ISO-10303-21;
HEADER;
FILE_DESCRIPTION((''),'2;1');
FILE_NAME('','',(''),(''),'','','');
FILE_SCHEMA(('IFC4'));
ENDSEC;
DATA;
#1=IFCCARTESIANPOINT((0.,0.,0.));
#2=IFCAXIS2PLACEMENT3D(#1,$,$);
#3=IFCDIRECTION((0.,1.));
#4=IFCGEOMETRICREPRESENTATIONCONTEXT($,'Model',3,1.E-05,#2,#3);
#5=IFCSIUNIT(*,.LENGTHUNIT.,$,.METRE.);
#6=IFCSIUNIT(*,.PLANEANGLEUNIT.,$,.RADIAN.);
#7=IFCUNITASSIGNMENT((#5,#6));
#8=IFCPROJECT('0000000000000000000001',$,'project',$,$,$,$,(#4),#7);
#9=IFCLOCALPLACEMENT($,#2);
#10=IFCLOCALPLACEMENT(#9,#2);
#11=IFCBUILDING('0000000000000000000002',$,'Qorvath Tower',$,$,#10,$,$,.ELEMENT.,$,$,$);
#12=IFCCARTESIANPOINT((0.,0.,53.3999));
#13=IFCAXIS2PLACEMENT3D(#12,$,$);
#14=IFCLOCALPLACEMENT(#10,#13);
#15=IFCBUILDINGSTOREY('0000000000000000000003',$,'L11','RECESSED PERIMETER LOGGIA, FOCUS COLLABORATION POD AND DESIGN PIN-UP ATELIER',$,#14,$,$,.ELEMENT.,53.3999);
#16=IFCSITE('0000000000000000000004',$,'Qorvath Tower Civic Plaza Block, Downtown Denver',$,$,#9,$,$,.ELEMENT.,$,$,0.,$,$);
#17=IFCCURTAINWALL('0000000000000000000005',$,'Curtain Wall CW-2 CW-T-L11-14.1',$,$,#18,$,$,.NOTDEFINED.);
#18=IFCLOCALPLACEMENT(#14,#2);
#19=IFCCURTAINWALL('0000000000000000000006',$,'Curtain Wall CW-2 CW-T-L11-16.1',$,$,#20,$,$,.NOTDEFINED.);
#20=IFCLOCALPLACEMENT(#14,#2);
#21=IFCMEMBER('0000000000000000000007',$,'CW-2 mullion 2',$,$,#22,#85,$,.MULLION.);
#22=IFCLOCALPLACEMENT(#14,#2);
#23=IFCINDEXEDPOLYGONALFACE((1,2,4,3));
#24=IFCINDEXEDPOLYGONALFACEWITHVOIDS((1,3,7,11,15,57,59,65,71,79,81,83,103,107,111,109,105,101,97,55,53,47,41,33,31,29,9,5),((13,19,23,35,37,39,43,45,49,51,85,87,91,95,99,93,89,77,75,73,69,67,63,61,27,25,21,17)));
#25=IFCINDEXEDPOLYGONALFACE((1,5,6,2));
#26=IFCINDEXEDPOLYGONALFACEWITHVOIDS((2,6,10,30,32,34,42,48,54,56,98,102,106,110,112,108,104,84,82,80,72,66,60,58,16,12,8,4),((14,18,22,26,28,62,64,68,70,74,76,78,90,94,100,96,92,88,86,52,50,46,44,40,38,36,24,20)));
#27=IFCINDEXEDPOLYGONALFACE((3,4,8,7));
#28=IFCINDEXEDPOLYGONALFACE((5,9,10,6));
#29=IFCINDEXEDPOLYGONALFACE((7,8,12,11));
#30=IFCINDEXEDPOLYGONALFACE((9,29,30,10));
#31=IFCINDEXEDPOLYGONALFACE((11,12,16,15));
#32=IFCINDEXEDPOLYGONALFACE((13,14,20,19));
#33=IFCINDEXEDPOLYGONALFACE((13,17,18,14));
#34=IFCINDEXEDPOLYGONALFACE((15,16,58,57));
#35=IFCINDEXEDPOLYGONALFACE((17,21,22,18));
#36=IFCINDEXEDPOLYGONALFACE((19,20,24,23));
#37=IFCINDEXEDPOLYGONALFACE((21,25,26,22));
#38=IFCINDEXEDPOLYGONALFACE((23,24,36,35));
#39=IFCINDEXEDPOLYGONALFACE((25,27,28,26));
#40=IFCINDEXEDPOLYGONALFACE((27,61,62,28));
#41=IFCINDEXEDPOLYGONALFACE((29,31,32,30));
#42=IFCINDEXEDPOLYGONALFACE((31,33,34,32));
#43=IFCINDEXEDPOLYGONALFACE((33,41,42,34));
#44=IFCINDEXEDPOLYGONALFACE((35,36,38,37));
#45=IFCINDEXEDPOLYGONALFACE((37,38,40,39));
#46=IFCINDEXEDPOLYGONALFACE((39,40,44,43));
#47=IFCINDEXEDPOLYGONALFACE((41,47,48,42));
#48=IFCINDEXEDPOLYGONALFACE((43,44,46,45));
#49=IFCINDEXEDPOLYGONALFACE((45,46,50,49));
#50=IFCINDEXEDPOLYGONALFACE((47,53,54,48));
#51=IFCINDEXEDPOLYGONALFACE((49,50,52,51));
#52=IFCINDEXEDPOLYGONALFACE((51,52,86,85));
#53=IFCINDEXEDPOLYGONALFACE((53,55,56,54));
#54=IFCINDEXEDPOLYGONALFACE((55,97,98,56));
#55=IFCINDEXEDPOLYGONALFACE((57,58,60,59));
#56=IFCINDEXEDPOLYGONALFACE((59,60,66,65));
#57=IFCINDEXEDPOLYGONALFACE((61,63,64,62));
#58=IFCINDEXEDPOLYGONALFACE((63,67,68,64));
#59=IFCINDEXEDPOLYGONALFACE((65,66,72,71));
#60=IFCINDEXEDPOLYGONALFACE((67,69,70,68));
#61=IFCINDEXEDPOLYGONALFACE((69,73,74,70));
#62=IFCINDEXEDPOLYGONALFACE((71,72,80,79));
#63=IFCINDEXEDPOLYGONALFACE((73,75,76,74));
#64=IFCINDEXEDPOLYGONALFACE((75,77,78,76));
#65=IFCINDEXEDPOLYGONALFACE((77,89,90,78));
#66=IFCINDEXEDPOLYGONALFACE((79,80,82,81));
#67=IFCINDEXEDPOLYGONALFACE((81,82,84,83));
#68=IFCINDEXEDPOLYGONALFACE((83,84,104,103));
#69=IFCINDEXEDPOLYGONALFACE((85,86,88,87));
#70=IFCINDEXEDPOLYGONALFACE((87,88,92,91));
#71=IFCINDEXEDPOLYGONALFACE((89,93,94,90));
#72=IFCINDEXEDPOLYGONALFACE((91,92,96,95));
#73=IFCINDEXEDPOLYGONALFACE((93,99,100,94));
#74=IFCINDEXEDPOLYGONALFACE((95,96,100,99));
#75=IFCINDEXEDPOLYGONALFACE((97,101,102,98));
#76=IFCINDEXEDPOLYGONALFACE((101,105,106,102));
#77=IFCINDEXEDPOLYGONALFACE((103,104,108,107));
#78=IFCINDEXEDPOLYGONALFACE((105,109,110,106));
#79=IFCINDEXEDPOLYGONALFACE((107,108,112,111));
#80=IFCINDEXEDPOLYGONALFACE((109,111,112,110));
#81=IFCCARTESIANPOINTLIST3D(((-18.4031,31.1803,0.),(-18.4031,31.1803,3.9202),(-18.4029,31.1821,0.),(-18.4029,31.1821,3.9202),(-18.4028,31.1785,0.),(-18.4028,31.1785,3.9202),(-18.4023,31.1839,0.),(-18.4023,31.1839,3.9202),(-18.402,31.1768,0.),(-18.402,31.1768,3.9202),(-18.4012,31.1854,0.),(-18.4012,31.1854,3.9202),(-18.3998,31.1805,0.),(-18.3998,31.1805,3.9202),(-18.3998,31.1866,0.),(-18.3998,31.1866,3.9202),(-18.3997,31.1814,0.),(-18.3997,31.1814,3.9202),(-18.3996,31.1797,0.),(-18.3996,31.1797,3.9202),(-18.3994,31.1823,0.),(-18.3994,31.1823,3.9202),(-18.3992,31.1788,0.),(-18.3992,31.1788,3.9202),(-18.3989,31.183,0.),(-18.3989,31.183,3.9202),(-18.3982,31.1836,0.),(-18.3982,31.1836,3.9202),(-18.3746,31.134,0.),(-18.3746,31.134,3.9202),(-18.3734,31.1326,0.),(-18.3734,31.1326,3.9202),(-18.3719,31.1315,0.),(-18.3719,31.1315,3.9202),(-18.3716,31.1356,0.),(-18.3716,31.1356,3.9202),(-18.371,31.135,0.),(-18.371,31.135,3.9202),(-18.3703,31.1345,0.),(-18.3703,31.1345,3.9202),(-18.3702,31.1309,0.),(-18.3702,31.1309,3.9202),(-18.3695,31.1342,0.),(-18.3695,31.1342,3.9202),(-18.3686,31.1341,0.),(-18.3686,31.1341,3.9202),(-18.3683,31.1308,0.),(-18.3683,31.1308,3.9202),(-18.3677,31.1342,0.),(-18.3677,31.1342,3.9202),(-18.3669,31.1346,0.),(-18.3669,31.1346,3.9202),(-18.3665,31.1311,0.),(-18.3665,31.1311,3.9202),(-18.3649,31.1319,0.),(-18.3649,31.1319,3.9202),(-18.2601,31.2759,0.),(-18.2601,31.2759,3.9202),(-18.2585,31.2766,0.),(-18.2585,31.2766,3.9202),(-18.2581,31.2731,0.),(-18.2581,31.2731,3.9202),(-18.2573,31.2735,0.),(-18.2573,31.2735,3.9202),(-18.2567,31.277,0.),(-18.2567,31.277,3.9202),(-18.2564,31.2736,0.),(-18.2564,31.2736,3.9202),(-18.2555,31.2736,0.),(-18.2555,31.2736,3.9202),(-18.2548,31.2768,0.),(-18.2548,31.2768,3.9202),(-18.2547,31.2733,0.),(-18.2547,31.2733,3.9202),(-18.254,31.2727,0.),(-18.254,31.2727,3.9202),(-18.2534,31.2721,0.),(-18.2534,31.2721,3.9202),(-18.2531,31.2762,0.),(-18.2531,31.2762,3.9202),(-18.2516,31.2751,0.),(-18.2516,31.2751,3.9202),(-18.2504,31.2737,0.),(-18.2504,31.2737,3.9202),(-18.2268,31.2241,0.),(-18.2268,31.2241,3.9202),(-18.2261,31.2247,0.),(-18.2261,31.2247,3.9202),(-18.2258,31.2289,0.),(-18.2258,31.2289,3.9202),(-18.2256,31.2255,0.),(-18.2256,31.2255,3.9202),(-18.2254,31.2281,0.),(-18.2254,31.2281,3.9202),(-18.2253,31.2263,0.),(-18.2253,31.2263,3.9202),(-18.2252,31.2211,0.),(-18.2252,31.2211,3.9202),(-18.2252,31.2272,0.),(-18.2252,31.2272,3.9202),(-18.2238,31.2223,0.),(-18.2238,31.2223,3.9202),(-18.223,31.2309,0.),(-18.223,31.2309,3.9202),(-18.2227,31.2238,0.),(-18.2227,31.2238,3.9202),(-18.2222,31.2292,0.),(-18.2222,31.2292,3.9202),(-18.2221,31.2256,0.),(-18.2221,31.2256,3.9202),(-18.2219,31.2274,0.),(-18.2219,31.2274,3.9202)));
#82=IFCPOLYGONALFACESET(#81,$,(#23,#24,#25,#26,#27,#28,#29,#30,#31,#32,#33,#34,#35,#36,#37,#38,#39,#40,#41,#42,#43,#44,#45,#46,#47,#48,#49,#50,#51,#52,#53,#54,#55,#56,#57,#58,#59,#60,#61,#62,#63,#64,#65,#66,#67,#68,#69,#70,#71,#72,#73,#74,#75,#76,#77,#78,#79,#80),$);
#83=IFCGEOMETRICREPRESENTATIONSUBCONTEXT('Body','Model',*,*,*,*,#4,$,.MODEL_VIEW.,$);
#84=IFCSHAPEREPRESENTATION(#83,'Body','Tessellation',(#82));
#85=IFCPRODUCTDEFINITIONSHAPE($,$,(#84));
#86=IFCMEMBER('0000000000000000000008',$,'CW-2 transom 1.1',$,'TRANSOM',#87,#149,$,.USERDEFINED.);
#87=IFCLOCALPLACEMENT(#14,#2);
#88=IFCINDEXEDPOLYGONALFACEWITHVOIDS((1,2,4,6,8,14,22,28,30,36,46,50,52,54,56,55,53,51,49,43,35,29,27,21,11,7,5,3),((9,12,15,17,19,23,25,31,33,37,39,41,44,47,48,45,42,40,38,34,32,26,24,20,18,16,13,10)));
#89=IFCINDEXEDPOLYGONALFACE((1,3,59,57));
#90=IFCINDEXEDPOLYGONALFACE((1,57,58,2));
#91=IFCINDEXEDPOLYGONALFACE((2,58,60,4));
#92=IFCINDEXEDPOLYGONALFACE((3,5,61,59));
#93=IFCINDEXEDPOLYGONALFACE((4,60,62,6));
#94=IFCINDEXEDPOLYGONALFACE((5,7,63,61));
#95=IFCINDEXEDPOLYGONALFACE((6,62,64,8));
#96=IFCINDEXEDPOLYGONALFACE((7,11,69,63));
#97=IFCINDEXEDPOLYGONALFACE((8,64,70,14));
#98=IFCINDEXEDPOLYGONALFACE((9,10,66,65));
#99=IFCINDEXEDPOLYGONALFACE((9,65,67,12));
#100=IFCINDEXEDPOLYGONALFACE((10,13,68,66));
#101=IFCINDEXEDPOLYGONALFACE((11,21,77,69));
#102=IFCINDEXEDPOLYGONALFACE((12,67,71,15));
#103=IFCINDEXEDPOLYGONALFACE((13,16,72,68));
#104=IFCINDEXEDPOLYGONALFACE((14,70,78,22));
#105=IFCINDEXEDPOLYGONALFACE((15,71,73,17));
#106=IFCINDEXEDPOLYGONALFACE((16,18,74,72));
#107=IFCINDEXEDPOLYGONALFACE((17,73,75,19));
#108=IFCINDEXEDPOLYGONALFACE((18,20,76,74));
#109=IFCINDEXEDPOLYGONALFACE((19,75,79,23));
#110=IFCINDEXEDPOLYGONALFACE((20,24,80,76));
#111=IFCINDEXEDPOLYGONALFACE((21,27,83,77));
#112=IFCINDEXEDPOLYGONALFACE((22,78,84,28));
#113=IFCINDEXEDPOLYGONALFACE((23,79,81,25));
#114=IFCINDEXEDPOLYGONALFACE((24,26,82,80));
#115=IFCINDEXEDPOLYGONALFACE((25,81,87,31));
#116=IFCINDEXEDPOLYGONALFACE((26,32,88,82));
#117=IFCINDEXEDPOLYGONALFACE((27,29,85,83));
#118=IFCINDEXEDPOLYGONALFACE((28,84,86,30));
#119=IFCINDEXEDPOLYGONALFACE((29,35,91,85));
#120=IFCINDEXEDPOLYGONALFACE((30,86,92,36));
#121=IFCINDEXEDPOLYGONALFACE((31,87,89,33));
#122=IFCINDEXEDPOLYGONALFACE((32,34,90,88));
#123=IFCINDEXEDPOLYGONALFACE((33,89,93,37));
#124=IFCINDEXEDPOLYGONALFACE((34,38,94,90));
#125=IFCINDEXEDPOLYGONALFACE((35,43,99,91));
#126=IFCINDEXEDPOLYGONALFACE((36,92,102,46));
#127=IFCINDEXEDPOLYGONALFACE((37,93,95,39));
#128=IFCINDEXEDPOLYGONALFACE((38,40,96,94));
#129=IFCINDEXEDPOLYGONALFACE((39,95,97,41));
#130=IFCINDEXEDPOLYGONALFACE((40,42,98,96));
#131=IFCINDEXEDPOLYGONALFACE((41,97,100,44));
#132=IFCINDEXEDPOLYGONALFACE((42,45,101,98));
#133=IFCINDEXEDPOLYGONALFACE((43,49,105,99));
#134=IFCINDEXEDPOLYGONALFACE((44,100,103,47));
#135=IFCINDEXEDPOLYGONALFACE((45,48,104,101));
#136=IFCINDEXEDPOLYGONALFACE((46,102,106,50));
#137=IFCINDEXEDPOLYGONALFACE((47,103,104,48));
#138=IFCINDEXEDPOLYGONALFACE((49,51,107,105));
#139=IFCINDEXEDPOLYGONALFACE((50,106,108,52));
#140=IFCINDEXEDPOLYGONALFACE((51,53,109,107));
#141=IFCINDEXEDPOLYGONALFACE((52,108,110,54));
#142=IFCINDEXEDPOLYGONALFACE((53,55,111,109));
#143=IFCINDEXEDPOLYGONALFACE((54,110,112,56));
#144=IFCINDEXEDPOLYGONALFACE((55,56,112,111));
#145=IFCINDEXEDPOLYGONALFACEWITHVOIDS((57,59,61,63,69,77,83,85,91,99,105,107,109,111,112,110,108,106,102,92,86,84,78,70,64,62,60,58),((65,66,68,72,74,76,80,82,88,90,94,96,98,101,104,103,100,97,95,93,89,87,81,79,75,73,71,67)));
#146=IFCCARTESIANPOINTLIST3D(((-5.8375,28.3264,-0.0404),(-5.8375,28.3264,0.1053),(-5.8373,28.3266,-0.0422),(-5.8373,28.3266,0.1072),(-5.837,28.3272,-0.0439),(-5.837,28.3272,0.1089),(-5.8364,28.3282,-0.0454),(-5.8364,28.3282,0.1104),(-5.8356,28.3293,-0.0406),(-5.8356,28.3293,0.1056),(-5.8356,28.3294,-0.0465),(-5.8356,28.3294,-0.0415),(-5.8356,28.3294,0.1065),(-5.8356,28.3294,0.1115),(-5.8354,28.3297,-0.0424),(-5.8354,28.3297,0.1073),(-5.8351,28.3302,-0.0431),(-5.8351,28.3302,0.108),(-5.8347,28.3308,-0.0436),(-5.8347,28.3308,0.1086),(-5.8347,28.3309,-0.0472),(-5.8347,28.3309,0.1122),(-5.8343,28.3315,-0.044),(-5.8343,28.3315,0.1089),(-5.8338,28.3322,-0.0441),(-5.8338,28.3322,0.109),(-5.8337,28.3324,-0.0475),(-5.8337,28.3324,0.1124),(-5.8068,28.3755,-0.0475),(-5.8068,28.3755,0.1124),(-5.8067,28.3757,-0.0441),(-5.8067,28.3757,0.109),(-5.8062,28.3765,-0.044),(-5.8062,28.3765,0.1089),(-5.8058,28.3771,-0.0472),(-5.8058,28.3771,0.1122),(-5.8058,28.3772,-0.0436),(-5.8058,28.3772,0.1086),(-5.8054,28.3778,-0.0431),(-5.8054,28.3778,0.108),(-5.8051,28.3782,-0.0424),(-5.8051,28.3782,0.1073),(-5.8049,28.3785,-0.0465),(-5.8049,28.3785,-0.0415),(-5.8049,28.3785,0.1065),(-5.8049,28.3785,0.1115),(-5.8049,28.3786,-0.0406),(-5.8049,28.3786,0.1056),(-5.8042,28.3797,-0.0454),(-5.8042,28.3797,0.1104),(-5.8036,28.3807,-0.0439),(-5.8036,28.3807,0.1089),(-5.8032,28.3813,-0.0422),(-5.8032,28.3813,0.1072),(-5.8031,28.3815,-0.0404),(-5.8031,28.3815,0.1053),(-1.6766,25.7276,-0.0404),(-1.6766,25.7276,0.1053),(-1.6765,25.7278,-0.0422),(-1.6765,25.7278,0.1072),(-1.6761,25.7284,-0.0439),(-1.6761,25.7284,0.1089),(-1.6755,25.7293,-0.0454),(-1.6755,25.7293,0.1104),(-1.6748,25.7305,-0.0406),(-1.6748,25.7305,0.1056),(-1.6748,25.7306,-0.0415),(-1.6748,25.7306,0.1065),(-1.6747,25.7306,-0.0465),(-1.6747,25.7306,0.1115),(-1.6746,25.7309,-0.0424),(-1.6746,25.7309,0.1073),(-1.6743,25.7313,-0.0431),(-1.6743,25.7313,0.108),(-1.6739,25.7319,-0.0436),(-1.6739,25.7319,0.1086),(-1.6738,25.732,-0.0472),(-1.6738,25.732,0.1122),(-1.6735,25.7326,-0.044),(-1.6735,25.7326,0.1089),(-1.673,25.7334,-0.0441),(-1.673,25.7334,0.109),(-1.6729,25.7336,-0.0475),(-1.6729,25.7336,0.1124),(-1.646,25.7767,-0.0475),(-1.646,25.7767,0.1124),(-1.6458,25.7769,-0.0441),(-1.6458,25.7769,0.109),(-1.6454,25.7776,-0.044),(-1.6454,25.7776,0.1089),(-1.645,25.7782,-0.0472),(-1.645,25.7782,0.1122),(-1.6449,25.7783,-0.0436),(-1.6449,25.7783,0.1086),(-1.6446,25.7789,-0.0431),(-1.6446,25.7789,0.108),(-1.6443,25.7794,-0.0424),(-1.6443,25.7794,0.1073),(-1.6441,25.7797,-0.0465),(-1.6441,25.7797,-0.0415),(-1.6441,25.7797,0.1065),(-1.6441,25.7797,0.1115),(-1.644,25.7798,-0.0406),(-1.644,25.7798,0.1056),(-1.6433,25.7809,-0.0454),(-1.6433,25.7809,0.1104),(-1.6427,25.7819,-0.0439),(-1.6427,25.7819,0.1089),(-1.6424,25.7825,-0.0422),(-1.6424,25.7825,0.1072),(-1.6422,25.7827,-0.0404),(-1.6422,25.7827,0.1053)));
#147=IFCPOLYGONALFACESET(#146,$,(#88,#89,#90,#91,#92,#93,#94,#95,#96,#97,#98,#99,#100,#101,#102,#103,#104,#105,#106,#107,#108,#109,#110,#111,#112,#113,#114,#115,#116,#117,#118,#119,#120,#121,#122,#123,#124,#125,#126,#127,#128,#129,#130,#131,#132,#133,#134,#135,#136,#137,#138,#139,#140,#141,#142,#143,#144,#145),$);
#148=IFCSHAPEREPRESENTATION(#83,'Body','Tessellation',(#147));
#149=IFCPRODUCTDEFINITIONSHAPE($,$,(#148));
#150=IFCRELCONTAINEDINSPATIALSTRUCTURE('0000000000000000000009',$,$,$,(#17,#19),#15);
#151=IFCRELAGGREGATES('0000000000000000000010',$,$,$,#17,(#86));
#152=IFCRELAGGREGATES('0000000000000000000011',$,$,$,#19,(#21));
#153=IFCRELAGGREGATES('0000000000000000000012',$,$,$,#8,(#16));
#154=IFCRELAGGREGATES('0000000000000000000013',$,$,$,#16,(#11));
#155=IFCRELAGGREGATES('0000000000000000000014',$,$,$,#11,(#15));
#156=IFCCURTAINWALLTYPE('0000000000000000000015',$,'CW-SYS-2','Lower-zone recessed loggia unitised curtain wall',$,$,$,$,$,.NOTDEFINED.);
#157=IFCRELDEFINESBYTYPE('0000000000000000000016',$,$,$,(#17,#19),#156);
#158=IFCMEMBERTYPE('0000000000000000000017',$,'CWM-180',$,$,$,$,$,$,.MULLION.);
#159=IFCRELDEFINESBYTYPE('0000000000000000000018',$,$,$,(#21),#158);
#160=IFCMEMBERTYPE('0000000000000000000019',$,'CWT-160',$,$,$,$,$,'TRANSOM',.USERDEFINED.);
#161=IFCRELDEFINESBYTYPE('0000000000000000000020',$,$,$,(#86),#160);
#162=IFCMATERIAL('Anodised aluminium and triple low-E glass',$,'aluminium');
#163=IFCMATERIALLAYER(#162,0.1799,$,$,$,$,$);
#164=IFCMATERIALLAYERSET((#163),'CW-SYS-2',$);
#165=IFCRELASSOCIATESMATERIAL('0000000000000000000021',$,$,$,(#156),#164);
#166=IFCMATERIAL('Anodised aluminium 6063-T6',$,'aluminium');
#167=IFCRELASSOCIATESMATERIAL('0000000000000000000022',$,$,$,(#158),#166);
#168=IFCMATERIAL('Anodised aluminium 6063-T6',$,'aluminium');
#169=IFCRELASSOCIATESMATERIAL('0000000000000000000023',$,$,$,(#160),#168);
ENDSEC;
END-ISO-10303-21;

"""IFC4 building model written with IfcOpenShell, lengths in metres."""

from ifc_helpers import new_model, si_unit, direction, frame, origin, origin_2d, place, context, subcontext, project, spatial, hollow_rectangle, extrude, material, layer, layer_set, material_profile, profile_set, type_object, element, aggregate, save


model = new_model("IFC4")

# Units and contexts
model_context = context("Model", 3, precision=1e-05, world=origin(), true_north=direction((0.0, 1.0)))
body_context = subcontext(model_context, "Body", "Model", "MODEL_VIEW")
ifc_project = project(units=[si_unit("LENGTHUNIT", "METRE"), si_unit("PLANEANGLEUNIT", "RADIAN")], contexts=[model_context])

# Site, building, storey
site_placement = place(None, origin())
site = spatial("IfcSite", under=ifc_project, at=site_placement, Name="Qorvath Tower Civic Plaza Block, Downtown Denver", CompositionType="ELEMENT", RefElevation=0.0)
building_placement = place(site_placement, origin())
building = spatial("IfcBuilding", under=site, at=building_placement, Name="Qorvath Tower", CompositionType="ELEMENT")
storey_placement = place(building_placement, frame((0.0, 0.0, 53.3999)))
storey = spatial("IfcBuildingStorey", under=building, at=storey_placement, Name="L11", Description="RECESSED PERIMETER LOGGIA, FOCUS COLLABORATION POD AND DESIGN PIN-UP ATELIER", CompositionType="ELEMENT", Elevation=53.3999)

# Shared definitions
ifc_material_1 = material(Name="Anodised aluminium and triple low-E glass", Category="aluminium")
ifc_layer_1 = layer(ifc_material_1, 0.1799)
ifc_layer_set_1 = layer_set([ifc_layer_1], Name="CW-SYS-2")
curtain_wall_type = type_object("IfcCurtainWallType", Name="CW-SYS-2", Description="Lower-zone recessed loggia unitised curtain wall", PredefinedType="NOTDEFINED", material=ifc_layer_set_1)
ifc_material_2 = material(Name="Anodised aluminium 6063-T6", Category="aluminium")
ifc_material_profile_1 = material_profile(ifc_material_2, hollow_rectangle(XDim=0.0649, YDim=0.1799, WallThickness=0.0034, InnerFilletRadius=0.0034, OuterFilletRadius=0.0071, at=origin_2d()), Name="CWM 180x65")
ifc_profile_set_1 = profile_set([ifc_material_profile_1], Name="Anodised aluminium 6063-T6")
member_type_1 = type_object("IfcMemberType", Name="CWM-180", PredefinedType="MULLION", material=ifc_profile_set_1)

# Curtain walls, member
curtain_wall_1_placement = place(storey_placement, origin())
curtain_wall_1 = element("IfcCurtainWall", 1, at=curtain_wall_1_placement, inside=storey, type_object=curtain_wall_type, Name="Curtain Wall CW-2 CW-T-L11-14.1", PredefinedType="NOTDEFINED")
curtain_wall_2_placement = place(storey_placement, origin())
curtain_wall_2 = element("IfcCurtainWall", 2, at=curtain_wall_2_placement, inside=storey, type_object=curtain_wall_type, Name="Curtain Wall CW-2 CW-T-L11-16.1", PredefinedType="NOTDEFINED")
member_1_placement = place(storey_placement, frame((-18.3125, 31.2039, 0.0), z_axis=(0.0, 0.0, 1.0), x_axis=(0.538533, -0.842604, 0.0)))
member_1 = element("IfcMember", 3, at=member_1_placement, type_object=member_type_1, Name="CW-2 mullion 2", PredefinedType="MULLION", context=body_context, shape_type="SweptSolid", body=[
    extrude(hollow_rectangle(XDim=0.0649, YDim=0.1799, WallThickness=0.0034, InnerFilletRadius=0.0034, OuterFilletRadius=0.0071, at=origin_2d()), origin(), (0.0, 0.0, 1.0), 3.9202),
])

# Member
ifc_material_3 = material(Name="Anodised aluminium 6063-T6", Category="aluminium")
ifc_material_profile_2 = material_profile(ifc_material_3, hollow_rectangle(XDim=0.0649, YDim=0.1599, WallThickness=0.0034, InnerFilletRadius=0.0034, OuterFilletRadius=0.0071, at=origin_2d()), Name="CWT 160x65")
ifc_profile_set_2 = profile_set([ifc_material_profile_2], Name="Anodised aluminium 6063-T6")
member_type_2 = type_object("IfcMemberType", Name="CWT-160", ElementType="TRANSOM", PredefinedType="USERDEFINED", material=ifc_profile_set_2)
member_2_placement = place(storey_placement, frame((-1.6594, 25.7551, 0.0325), z_axis=(-0.848152, 0.529753, 0.0), x_axis=(-0.529753, -0.848152, 0.0)))
member_2 = element("IfcMember", 4, at=member_2_placement, type_object=member_type_2, Name="CW-2 transom 1.1", ObjectType="TRANSOM", PredefinedType="USERDEFINED", context=body_context, shape_type="SweptSolid", body=[
    extrude(hollow_rectangle(XDim=0.0649, YDim=0.1599, WallThickness=0.0034, InnerFilletRadius=0.0034, OuterFilletRadius=0.0071, at=origin_2d()), origin(), (0.0, 0.0, 1.0), 4.9058),
])

aggregate(curtain_wall_1, [member_2])
aggregate(curtain_wall_2, [member_1])

save(model, "model.ifc")
